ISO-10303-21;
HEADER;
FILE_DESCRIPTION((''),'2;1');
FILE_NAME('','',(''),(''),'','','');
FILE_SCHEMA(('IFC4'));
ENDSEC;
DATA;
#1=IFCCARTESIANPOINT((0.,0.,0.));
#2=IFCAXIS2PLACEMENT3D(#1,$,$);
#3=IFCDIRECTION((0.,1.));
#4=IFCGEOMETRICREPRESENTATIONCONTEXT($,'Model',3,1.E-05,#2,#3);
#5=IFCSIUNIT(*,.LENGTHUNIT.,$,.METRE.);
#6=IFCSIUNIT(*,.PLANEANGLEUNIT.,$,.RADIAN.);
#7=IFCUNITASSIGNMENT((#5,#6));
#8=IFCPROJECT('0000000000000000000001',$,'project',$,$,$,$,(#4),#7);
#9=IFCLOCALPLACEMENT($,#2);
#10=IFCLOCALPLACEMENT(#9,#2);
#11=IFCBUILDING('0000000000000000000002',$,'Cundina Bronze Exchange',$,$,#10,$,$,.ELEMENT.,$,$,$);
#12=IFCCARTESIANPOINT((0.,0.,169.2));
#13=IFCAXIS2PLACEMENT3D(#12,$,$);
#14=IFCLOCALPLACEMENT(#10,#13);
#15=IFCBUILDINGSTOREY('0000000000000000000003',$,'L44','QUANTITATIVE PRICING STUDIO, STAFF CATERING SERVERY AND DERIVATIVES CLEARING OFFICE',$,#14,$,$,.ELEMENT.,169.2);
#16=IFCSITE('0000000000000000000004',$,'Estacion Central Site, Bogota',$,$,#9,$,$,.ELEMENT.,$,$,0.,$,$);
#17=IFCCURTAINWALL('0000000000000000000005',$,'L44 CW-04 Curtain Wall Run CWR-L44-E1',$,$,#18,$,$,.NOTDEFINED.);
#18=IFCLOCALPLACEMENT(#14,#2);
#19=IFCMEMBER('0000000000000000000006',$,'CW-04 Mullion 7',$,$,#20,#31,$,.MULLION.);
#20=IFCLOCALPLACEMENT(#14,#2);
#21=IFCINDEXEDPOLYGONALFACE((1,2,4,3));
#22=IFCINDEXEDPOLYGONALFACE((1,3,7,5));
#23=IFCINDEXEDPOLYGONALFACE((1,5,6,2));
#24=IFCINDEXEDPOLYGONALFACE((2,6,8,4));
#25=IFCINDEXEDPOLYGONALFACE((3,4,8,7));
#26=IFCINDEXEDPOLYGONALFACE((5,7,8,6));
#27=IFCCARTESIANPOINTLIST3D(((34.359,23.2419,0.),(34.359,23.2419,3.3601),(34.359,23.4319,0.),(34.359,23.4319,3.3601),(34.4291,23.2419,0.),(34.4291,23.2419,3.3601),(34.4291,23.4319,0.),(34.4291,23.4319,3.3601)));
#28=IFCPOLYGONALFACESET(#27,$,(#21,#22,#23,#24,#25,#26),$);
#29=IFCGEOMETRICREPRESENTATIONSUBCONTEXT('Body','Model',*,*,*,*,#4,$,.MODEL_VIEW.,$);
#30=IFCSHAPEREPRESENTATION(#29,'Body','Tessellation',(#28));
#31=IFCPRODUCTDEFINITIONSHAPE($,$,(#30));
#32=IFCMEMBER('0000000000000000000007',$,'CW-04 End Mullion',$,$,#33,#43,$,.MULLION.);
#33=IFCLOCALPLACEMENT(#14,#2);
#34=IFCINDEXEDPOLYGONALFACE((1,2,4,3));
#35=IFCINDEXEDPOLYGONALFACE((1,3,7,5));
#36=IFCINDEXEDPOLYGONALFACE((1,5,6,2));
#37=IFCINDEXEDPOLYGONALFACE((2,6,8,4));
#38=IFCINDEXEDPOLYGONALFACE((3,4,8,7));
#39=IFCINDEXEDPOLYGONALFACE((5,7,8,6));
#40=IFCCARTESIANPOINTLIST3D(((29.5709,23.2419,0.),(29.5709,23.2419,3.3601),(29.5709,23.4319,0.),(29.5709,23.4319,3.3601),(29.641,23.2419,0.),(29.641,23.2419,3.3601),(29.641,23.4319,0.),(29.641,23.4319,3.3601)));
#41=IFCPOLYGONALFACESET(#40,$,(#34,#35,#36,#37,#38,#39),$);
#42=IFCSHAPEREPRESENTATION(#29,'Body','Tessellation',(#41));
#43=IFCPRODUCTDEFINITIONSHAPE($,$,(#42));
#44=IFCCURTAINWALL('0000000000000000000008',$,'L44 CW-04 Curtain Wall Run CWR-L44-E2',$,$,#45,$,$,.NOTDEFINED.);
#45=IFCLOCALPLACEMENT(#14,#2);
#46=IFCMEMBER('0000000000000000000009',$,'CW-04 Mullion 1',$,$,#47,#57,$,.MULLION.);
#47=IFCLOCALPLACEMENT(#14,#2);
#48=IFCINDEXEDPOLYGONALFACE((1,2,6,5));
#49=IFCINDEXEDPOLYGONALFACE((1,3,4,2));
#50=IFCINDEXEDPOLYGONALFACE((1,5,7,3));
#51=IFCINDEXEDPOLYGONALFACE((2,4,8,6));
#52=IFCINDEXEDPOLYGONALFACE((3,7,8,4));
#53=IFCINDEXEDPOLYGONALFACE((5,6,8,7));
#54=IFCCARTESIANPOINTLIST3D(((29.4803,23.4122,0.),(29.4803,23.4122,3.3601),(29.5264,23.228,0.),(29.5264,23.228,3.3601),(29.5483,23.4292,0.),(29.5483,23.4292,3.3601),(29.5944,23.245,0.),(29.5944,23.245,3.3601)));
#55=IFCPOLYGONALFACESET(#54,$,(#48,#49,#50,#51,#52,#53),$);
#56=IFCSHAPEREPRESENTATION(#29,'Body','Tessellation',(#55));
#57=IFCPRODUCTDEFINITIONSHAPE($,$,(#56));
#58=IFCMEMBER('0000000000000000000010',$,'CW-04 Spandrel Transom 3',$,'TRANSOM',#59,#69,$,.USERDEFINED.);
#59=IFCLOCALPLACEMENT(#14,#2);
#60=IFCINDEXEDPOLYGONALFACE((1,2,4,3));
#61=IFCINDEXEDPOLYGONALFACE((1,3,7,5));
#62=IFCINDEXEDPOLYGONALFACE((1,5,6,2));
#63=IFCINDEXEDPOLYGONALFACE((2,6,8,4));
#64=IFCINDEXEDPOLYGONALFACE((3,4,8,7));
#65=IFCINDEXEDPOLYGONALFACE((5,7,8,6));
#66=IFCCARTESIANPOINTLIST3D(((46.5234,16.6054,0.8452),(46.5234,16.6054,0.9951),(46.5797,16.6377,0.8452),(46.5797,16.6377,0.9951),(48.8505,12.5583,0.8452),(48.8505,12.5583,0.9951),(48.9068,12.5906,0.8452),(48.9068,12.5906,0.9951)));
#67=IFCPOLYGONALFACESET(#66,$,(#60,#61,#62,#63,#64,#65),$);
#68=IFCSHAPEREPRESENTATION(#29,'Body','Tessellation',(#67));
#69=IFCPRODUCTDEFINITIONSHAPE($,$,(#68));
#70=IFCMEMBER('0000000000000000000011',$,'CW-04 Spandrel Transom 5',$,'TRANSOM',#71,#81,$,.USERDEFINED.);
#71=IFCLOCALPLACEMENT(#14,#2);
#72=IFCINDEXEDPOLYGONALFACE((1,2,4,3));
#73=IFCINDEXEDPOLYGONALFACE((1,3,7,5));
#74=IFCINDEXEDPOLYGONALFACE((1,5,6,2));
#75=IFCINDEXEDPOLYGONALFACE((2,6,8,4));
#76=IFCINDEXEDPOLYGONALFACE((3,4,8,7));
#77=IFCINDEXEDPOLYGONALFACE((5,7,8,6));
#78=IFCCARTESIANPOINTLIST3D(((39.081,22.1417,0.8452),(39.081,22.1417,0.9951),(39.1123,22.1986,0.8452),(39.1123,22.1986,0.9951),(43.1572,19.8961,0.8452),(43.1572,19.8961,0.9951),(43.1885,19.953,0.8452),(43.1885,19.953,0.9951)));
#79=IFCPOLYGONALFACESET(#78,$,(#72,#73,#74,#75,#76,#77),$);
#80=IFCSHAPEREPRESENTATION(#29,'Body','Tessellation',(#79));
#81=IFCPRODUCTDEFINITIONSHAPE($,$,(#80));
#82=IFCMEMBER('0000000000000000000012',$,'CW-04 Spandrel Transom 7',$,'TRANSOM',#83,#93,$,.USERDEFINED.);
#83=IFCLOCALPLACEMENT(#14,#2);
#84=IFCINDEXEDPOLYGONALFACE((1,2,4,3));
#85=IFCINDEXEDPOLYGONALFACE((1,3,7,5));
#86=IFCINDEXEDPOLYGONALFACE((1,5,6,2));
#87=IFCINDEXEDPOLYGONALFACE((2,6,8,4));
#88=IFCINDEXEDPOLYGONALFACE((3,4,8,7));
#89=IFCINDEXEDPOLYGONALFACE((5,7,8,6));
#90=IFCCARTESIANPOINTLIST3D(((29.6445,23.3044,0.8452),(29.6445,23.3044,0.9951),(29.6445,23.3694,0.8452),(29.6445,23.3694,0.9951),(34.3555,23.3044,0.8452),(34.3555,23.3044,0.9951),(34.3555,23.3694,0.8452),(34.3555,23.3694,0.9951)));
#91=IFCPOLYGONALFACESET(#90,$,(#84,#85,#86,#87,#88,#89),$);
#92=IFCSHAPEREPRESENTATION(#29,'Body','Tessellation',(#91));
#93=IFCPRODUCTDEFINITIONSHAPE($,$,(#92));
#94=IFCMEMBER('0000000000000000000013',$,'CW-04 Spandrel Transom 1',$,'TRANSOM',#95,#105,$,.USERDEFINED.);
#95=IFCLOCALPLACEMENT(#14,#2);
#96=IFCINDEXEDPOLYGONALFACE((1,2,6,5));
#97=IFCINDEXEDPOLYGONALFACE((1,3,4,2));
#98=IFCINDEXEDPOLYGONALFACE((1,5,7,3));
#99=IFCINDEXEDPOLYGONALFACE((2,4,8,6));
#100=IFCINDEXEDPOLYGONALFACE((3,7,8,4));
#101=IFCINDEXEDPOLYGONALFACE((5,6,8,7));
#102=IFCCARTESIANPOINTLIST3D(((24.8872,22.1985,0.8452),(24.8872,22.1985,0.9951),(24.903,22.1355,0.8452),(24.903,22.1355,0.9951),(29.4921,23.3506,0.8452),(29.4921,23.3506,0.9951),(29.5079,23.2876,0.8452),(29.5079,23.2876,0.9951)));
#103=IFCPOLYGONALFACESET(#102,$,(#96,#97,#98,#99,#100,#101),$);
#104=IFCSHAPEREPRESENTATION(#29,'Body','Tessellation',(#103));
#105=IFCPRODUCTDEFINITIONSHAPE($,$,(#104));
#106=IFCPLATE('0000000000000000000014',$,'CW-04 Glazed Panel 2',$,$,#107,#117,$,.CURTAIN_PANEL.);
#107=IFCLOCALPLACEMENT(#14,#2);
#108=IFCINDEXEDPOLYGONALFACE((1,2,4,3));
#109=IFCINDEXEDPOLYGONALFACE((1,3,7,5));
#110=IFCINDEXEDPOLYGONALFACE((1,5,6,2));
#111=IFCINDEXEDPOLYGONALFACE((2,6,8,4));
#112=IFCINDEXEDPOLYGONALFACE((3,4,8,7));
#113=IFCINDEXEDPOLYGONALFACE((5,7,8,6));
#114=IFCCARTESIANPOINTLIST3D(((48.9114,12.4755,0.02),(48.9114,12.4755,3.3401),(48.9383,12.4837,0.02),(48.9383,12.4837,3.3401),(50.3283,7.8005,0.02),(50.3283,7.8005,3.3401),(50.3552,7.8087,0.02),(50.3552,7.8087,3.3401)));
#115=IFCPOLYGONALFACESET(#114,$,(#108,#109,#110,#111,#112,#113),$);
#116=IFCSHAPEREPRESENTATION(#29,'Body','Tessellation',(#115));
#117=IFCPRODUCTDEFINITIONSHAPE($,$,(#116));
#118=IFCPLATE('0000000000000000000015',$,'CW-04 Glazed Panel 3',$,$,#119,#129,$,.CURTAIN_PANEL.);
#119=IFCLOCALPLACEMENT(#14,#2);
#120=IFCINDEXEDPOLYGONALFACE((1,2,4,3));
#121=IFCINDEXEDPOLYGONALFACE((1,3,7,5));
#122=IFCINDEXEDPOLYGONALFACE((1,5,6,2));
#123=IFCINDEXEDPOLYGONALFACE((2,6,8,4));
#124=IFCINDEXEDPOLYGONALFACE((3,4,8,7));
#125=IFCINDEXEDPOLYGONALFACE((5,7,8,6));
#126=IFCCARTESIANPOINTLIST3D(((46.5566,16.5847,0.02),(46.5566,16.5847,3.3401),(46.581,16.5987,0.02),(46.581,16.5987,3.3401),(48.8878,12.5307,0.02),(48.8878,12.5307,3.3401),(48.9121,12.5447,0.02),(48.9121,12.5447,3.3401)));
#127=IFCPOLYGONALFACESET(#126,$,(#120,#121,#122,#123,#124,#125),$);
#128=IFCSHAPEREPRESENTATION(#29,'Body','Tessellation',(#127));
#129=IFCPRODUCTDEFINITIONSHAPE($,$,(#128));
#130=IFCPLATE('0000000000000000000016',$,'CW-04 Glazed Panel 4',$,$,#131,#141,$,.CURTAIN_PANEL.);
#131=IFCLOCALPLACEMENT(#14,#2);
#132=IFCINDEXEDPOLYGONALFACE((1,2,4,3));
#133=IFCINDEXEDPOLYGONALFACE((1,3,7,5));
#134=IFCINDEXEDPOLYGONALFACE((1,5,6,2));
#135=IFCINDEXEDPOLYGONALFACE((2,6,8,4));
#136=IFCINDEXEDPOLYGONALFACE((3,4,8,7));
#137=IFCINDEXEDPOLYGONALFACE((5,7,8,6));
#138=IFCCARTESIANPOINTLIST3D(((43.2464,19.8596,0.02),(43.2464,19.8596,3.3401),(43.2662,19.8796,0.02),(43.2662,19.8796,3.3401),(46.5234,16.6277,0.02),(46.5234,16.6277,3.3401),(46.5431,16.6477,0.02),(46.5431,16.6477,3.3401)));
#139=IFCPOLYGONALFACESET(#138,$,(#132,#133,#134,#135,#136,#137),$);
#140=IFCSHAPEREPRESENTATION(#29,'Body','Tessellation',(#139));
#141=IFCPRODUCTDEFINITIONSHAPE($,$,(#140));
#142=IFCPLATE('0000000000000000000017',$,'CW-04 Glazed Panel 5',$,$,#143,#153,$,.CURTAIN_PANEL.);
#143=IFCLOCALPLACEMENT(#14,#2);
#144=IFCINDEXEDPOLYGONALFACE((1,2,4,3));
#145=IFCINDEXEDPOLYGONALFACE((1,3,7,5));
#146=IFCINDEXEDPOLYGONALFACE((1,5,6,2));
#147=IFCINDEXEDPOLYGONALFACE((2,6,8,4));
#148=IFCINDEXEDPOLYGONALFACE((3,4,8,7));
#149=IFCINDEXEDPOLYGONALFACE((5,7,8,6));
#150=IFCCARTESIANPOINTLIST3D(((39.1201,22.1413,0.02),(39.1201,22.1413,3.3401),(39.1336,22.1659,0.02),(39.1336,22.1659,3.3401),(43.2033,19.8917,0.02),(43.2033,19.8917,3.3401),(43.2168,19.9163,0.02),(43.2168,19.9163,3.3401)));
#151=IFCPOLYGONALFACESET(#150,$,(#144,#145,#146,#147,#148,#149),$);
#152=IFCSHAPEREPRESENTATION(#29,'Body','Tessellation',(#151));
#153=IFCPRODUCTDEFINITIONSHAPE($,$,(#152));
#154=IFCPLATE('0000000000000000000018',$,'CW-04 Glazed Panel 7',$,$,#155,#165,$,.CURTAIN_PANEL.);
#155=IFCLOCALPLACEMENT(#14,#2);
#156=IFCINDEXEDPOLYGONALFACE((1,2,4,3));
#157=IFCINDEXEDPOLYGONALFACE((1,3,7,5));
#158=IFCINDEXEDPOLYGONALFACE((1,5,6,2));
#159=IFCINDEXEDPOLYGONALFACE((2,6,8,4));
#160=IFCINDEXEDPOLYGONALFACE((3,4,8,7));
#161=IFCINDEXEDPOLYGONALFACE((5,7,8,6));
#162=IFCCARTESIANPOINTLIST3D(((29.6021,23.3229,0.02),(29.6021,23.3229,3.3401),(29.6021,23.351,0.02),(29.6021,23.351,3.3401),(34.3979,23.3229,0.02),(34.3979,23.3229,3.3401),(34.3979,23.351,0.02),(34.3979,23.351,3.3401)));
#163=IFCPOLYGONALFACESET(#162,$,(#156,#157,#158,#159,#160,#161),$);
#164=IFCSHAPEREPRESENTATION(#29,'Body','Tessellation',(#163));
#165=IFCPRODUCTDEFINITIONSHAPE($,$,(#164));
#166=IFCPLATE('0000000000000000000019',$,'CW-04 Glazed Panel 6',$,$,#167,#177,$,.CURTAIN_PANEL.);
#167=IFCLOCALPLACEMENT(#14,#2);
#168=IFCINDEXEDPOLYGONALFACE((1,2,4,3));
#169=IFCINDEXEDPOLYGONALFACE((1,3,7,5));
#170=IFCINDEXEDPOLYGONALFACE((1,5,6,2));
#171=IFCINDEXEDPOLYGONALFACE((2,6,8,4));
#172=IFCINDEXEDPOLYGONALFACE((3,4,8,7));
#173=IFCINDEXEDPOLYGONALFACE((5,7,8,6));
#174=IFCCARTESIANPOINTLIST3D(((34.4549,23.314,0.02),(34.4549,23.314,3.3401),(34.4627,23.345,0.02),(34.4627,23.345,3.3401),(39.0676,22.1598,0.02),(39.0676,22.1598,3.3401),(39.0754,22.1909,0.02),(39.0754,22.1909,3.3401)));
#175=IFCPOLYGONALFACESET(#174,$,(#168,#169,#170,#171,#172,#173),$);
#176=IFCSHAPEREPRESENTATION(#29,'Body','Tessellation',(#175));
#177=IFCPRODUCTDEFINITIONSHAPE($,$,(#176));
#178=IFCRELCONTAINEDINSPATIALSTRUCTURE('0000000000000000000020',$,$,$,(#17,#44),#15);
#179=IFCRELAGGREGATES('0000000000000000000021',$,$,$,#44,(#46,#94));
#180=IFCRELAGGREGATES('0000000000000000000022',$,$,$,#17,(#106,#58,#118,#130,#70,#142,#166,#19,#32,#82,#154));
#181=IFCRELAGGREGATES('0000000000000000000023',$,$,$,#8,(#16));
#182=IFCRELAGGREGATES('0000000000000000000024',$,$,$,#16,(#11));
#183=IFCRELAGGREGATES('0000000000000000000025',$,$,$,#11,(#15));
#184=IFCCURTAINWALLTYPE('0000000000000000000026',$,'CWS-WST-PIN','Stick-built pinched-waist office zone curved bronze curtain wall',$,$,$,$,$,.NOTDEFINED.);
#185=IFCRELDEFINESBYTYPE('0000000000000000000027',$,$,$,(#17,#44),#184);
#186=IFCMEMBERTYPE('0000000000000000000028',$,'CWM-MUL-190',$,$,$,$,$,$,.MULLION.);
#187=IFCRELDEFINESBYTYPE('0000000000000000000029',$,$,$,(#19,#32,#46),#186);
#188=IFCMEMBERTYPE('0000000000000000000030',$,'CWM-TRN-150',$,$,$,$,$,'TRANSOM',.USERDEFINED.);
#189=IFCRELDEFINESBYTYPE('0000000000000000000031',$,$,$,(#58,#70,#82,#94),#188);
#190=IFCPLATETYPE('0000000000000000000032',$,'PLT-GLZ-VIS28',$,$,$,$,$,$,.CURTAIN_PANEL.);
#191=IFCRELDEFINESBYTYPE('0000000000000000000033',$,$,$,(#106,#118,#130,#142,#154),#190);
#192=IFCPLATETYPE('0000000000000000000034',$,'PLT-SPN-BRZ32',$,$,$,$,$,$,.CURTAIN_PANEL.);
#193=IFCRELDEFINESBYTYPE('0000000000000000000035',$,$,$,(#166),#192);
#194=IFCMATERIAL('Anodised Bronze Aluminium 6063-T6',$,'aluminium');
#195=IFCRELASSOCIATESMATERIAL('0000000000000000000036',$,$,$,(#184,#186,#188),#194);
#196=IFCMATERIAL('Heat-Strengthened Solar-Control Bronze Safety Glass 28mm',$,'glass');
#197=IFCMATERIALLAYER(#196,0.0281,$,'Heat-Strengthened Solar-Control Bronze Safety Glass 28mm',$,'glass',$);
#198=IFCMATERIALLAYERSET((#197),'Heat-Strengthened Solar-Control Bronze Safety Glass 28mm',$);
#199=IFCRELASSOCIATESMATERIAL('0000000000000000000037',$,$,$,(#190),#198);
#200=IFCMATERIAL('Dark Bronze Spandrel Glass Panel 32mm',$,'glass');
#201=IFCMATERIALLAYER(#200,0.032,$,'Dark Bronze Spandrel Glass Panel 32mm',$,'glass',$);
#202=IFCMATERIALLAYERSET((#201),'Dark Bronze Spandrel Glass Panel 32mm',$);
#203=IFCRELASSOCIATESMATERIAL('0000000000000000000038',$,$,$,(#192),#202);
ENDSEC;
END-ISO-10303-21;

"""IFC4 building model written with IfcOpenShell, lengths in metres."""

from ifc_helpers import new_model, si_unit, direction, frame, origin, origin_2d, place, context, subcontext, project, spatial, rectangle, extrude, material, layer, layer_set, material_profile, profile_set, type_object, element, aggregate, save


model = new_model("IFC4")

# Units and contexts
model_context = context("Model", 3, precision=1e-05, world=origin(), true_north=direction((0.0, 1.0)))
body_context = subcontext(model_context, "Body", "Model", "MODEL_VIEW")
ifc_project = project(units=[si_unit("LENGTHUNIT", "METRE"), si_unit("PLANEANGLEUNIT", "RADIAN")], contexts=[model_context])

# Site, building, storey
site_placement = place(None, origin())
site = spatial("IfcSite", under=ifc_project, at=site_placement, Name="Estacion Central Site, Bogota", CompositionType="ELEMENT", RefElevation=0.0)
building_placement = place(site_placement, origin())
building = spatial("IfcBuilding", under=site, at=building_placement, Name="Cundina Bronze Exchange", CompositionType="ELEMENT")
storey_placement = place(building_placement, frame((0.0, 0.0, 169.2)))
storey = spatial("IfcBuildingStorey", under=building, at=storey_placement, Name="L44", Description="QUANTITATIVE PRICING STUDIO, STAFF CATERING SERVERY AND DERIVATIVES CLEARING OFFICE", CompositionType="ELEMENT", Elevation=169.2)

# Curtain wall, members
ifc_material_1 = material(Name="Anodised Bronze Aluminium 6063-T6", Category="aluminium")
curtain_wall_type = type_object("IfcCurtainWallType", Name="CWS-WST-PIN", Description="Stick-built pinched-waist office zone curved bronze curtain wall", PredefinedType="NOTDEFINED", material=ifc_material_1)
curtain_wall_1_placement = place(storey_placement, origin())
curtain_wall_1 = element("IfcCurtainWall", 1, at=curtain_wall_1_placement, inside=storey, type_object=curtain_wall_type, Name="L44 CW-04 Curtain Wall Run CWR-L44-E1", PredefinedType="NOTDEFINED")
ifc_material_profile_1 = material_profile(ifc_material_1, rectangle(XDim=0.0701, YDim=0.1899, at=origin_2d()), Name="AL70X190", Category="aluminium")
ifc_profile_set_1 = profile_set([ifc_material_profile_1], Name="Anodised Bronze Aluminium 6063-T6")
member_type_1 = type_object("IfcMemberType", Name="CWM-MUL-190", PredefinedType="MULLION", material=ifc_profile_set_1)
member_1_placement = place(storey_placement, frame((34.394, 23.3369, 0.0), z_axis=(0.0, 0.0, 1.0), x_axis=(-1.0, 0.0, 0.0)))
member_1 = element("IfcMember", 2, at=member_1_placement, type_object=member_type_1, Name="CW-04 Mullion 7", PredefinedType="MULLION", context=body_context, shape_type="SweptSolid", body=[
    extrude(rectangle(XDim=0.0701, YDim=0.1899, at=origin_2d()), origin(), (0.0, 0.0, 1.0), 3.3601),
])
member_2_placement = place(storey_placement, frame((29.606, 23.3369, 0.0), z_axis=(0.0, 0.0, 1.0), x_axis=(-1.0, 0.0, 0.0)))
member_2 = element("IfcMember", 3, at=member_2_placement, type_object=member_type_1, Name="CW-04 End Mullion", PredefinedType="MULLION", context=body_context, shape_type="SweptSolid", body=[
    extrude(rectangle(XDim=0.0701, YDim=0.1899, at=origin_2d()), origin(), (0.0, 0.0, 1.0), 3.3601),
])

# Curtain wall, member
curtain_wall_2_placement = place(storey_placement, origin())
curtain_wall_2 = element("IfcCurtainWall", 4, at=curtain_wall_2_placement, inside=storey, type_object=curtain_wall_type, Name="L44 CW-04 Curtain Wall Run CWR-L44-E2", PredefinedType="NOTDEFINED")
member_3_placement = place(storey_placement, frame((29.5374, 23.3286, 0.0), z_axis=(0.0, 0.0, 1.0), x_axis=(-0.970084, -0.242769, 0.0)))
member_3 = element("IfcMember", 5, at=member_3_placement, type_object=member_type_1, Name="CW-04 Mullion 1", PredefinedType="MULLION", context=body_context, shape_type="SweptSolid", body=[
    extrude(rectangle(XDim=0.0701, YDim=0.1899, at=origin_2d()), origin(), (0.0, 0.0, 1.0), 3.3601),
])

# Members
ifc_material_profile_2 = material_profile(ifc_material_1, rectangle(XDim=0.0649, YDim=0.1499, at=origin_2d()), Name="AL65X150", Category="aluminium")
ifc_profile_set_2 = profile_set([ifc_material_profile_2], Name="Anodised Bronze Aluminium 6063-T6")
member_type_2 = type_object("IfcMemberType", Name="CWM-TRN-150", ElementType="TRANSOM", PredefinedType="USERDEFINED", material=ifc_profile_set_2)
member_4_placement = place(storey_placement, frame((48.8787, 12.5745, 0.9202), z_axis=(-0.49848, 0.866901, 0.0), x_axis=(-0.866901, -0.49848, 0.0)))
member_4 = element("IfcMember", 6, at=member_4_placement, type_object=member_type_2, Name="CW-04 Spandrel Transom 3", ObjectType="TRANSOM", PredefinedType="USERDEFINED", context=body_context, shape_type="SweptSolid", body=[
    extrude(rectangle(XDim=0.0649, YDim=0.1499, at=origin_2d()), origin(), (0.0, 0.0, 1.0), 4.6685),
])
member_5_placement = place(storey_placement, frame((43.1729, 19.9246, 0.9202), z_axis=(-0.875879, 0.482531, 0.0), x_axis=(-0.482531, -0.875879, 0.0)))
member_5 = element("IfcMember", 7, at=member_5_placement, type_object=member_type_2, Name="CW-04 Spandrel Transom 5", ObjectType="TRANSOM", PredefinedType="USERDEFINED", context=body_context, shape_type="SweptSolid", body=[
    extrude(rectangle(XDim=0.0649, YDim=0.1499, at=origin_2d()), origin(), (0.0, 0.0, 1.0), 4.6538),
])
member_6_placement = place(storey_placement, frame((34.3555, 23.3369, 0.9202), z_axis=(-1.0, 0.0, 0.0), x_axis=(0.0, -1.0, 0.0)))
member_6 = element("IfcMember", 8, at=member_6_placement, type_object=member_type_2, Name="CW-04 Spandrel Transom 7", ObjectType="TRANSOM", PredefinedType="USERDEFINED", context=body_context, shape_type="SweptSolid", body=[
    extrude(rectangle(XDim=0.0649, YDim=0.1499, at=origin_2d()), origin(), (0.0, 0.0, 1.0), 4.7109),
])
member_7_placement = place(storey_placement, frame((29.5, 23.3191, 0.9202), z_axis=(-0.9701, -0.242705, 0.0), x_axis=(0.242705, -0.9701, 0.0)))
member_7 = element("IfcMember", 9, at=member_7_placement, type_object=member_type_2, Name="CW-04 Spandrel Transom 1", ObjectType="TRANSOM", PredefinedType="USERDEFINED", context=body_context, shape_type="SweptSolid", body=[
    extrude(rectangle(XDim=0.0649, YDim=0.1499, at=origin_2d()), origin(), (0.0, 0.0, 1.0), 4.7468),
])
aggregate(curtain_wall_2, [member_3, member_7])

# Plates
ifc_material_2 = material(Name="Heat-Strengthened Solar-Control Bronze Safety Glass 28mm", Category="glass")
ifc_layer_1 = layer(ifc_material_2, 0.0281, Name="Heat-Strengthened Solar-Control Bronze Safety Glass 28mm", Category="glass")
ifc_layer_set_1 = layer_set([ifc_layer_1], Name="Heat-Strengthened Solar-Control Bronze Safety Glass 28mm")
plate_type_1 = type_object("IfcPlateType", Name="PLT-GLZ-VIS28", PredefinedType="CURTAIN_PANEL", material=ifc_layer_set_1)
plate_1_placement = place(storey_placement, frame((49.6333, 10.1421, 0.02), z_axis=(0.0, 0.0, 1.0), x_axis=(-0.290051, 0.957011, 0.0)))
plate_1 = element("IfcPlate", 10, at=plate_1_placement, type_object=plate_type_1, Name="CW-04 Glazed Panel 2", PredefinedType="CURTAIN_PANEL", context=body_context, shape_type="SweptSolid", body=[
    extrude(rectangle(XDim=4.885, YDim=0.0281, at=origin_2d()), origin(), (0.0, 0.0, 1.0), 3.3201),
])
plate_2_placement = place(storey_placement, frame((47.7344, 14.5647, 0.02), z_axis=(0.0, 0.0, 1.0), x_axis=(-0.498488, 0.866897, 0.0)))
plate_2 = element("IfcPlate", 11, at=plate_2_placement, type_object=plate_type_1, Name="CW-04 Glazed Panel 3", PredefinedType="CURTAIN_PANEL", context=body_context, shape_type="SweptSolid", body=[
    extrude(rectangle(XDim=4.6765, YDim=0.0281, at=origin_2d()), origin(), (0.0, 0.0, 1.0), 3.3201),
])
plate_3_placement = place(storey_placement, frame((44.8948, 18.2537, 0.02), z_axis=(0.0, 0.0, 1.0), x_axis=(-0.711989, 0.70219, 0.0)))
plate_3 = element("IfcPlate", 12, at=plate_3_placement, type_object=plate_type_1, Name="CW-04 Glazed Panel 4", PredefinedType="CURTAIN_PANEL", context=body_context, shape_type="SweptSolid", body=[
    extrude(rectangle(XDim=4.6025, YDim=0.0281, at=origin_2d()), origin(), (0.0, 0.0, 1.0), 3.3201),
])
plate_4_placement = place(storey_placement, frame((41.1685, 21.0288, 0.02), z_axis=(0.0, 0.0, 1.0), x_axis=(-0.875869, 0.482549, 0.0)))
plate_4 = element("IfcPlate", 13, at=plate_4_placement, type_object=plate_type_1, Name="CW-04 Glazed Panel 5", PredefinedType="CURTAIN_PANEL", context=body_context, shape_type="SweptSolid", body=[
    extrude(rectangle(XDim=4.6619, YDim=0.0281, at=origin_2d()), origin(), (0.0, 0.0, 1.0), 3.3201),
])
plate_5_placement = place(storey_placement, frame((32.0, 23.3369, 0.02), z_axis=(0.0, 0.0, 1.0), x_axis=(-1.0, 0.0, 0.0)))
plate_5 = element("IfcPlate", 14, at=plate_5_placement, type_object=plate_type_1, Name="CW-04 Glazed Panel 7", PredefinedType="CURTAIN_PANEL", context=body_context, shape_type="SweptSolid", body=[
    extrude(rectangle(XDim=4.7959, YDim=0.0281, at=origin_2d()), origin(), (0.0, 0.0, 1.0), 3.3201),
])
ifc_material_3 = material(Name="Dark Bronze Spandrel Glass Panel 32mm", Category="glass")
ifc_layer_2 = layer(ifc_material_3, 0.032, Name="Dark Bronze Spandrel Glass Panel 32mm", Category="glass")
ifc_layer_set_2 = layer_set([ifc_layer_2], Name="Dark Bronze Spandrel Glass Panel 32mm")
plate_type_2 = type_object("IfcPlateType", Name="PLT-SPN-BRZ32", PredefinedType="CURTAIN_PANEL", material=ifc_layer_set_2)
plate_6_placement = place(storey_placement, frame((36.7651, 22.7524, 0.02), z_axis=(0.0, 0.0, 1.0), x_axis=(-0.970093, 0.242735, 0.0)))
plate_6 = element("IfcPlate", 15, at=plate_6_placement, type_object=plate_type_2, Name="CW-04 Glazed Panel 6", PredefinedType="CURTAIN_PANEL", context=body_context, shape_type="SweptSolid", body=[
    extrude(rectangle(XDim=4.7549, YDim=0.032, at=origin_2d()), origin(), (0.0, 0.0, 1.0), 3.3201),
])
aggregate(curtain_wall_1, [plate_1, member_4, plate_2, plate_3, member_5, plate_4, plate_6, member_1, member_2, member_6, plate_5])

save(model, "model.ifc")
